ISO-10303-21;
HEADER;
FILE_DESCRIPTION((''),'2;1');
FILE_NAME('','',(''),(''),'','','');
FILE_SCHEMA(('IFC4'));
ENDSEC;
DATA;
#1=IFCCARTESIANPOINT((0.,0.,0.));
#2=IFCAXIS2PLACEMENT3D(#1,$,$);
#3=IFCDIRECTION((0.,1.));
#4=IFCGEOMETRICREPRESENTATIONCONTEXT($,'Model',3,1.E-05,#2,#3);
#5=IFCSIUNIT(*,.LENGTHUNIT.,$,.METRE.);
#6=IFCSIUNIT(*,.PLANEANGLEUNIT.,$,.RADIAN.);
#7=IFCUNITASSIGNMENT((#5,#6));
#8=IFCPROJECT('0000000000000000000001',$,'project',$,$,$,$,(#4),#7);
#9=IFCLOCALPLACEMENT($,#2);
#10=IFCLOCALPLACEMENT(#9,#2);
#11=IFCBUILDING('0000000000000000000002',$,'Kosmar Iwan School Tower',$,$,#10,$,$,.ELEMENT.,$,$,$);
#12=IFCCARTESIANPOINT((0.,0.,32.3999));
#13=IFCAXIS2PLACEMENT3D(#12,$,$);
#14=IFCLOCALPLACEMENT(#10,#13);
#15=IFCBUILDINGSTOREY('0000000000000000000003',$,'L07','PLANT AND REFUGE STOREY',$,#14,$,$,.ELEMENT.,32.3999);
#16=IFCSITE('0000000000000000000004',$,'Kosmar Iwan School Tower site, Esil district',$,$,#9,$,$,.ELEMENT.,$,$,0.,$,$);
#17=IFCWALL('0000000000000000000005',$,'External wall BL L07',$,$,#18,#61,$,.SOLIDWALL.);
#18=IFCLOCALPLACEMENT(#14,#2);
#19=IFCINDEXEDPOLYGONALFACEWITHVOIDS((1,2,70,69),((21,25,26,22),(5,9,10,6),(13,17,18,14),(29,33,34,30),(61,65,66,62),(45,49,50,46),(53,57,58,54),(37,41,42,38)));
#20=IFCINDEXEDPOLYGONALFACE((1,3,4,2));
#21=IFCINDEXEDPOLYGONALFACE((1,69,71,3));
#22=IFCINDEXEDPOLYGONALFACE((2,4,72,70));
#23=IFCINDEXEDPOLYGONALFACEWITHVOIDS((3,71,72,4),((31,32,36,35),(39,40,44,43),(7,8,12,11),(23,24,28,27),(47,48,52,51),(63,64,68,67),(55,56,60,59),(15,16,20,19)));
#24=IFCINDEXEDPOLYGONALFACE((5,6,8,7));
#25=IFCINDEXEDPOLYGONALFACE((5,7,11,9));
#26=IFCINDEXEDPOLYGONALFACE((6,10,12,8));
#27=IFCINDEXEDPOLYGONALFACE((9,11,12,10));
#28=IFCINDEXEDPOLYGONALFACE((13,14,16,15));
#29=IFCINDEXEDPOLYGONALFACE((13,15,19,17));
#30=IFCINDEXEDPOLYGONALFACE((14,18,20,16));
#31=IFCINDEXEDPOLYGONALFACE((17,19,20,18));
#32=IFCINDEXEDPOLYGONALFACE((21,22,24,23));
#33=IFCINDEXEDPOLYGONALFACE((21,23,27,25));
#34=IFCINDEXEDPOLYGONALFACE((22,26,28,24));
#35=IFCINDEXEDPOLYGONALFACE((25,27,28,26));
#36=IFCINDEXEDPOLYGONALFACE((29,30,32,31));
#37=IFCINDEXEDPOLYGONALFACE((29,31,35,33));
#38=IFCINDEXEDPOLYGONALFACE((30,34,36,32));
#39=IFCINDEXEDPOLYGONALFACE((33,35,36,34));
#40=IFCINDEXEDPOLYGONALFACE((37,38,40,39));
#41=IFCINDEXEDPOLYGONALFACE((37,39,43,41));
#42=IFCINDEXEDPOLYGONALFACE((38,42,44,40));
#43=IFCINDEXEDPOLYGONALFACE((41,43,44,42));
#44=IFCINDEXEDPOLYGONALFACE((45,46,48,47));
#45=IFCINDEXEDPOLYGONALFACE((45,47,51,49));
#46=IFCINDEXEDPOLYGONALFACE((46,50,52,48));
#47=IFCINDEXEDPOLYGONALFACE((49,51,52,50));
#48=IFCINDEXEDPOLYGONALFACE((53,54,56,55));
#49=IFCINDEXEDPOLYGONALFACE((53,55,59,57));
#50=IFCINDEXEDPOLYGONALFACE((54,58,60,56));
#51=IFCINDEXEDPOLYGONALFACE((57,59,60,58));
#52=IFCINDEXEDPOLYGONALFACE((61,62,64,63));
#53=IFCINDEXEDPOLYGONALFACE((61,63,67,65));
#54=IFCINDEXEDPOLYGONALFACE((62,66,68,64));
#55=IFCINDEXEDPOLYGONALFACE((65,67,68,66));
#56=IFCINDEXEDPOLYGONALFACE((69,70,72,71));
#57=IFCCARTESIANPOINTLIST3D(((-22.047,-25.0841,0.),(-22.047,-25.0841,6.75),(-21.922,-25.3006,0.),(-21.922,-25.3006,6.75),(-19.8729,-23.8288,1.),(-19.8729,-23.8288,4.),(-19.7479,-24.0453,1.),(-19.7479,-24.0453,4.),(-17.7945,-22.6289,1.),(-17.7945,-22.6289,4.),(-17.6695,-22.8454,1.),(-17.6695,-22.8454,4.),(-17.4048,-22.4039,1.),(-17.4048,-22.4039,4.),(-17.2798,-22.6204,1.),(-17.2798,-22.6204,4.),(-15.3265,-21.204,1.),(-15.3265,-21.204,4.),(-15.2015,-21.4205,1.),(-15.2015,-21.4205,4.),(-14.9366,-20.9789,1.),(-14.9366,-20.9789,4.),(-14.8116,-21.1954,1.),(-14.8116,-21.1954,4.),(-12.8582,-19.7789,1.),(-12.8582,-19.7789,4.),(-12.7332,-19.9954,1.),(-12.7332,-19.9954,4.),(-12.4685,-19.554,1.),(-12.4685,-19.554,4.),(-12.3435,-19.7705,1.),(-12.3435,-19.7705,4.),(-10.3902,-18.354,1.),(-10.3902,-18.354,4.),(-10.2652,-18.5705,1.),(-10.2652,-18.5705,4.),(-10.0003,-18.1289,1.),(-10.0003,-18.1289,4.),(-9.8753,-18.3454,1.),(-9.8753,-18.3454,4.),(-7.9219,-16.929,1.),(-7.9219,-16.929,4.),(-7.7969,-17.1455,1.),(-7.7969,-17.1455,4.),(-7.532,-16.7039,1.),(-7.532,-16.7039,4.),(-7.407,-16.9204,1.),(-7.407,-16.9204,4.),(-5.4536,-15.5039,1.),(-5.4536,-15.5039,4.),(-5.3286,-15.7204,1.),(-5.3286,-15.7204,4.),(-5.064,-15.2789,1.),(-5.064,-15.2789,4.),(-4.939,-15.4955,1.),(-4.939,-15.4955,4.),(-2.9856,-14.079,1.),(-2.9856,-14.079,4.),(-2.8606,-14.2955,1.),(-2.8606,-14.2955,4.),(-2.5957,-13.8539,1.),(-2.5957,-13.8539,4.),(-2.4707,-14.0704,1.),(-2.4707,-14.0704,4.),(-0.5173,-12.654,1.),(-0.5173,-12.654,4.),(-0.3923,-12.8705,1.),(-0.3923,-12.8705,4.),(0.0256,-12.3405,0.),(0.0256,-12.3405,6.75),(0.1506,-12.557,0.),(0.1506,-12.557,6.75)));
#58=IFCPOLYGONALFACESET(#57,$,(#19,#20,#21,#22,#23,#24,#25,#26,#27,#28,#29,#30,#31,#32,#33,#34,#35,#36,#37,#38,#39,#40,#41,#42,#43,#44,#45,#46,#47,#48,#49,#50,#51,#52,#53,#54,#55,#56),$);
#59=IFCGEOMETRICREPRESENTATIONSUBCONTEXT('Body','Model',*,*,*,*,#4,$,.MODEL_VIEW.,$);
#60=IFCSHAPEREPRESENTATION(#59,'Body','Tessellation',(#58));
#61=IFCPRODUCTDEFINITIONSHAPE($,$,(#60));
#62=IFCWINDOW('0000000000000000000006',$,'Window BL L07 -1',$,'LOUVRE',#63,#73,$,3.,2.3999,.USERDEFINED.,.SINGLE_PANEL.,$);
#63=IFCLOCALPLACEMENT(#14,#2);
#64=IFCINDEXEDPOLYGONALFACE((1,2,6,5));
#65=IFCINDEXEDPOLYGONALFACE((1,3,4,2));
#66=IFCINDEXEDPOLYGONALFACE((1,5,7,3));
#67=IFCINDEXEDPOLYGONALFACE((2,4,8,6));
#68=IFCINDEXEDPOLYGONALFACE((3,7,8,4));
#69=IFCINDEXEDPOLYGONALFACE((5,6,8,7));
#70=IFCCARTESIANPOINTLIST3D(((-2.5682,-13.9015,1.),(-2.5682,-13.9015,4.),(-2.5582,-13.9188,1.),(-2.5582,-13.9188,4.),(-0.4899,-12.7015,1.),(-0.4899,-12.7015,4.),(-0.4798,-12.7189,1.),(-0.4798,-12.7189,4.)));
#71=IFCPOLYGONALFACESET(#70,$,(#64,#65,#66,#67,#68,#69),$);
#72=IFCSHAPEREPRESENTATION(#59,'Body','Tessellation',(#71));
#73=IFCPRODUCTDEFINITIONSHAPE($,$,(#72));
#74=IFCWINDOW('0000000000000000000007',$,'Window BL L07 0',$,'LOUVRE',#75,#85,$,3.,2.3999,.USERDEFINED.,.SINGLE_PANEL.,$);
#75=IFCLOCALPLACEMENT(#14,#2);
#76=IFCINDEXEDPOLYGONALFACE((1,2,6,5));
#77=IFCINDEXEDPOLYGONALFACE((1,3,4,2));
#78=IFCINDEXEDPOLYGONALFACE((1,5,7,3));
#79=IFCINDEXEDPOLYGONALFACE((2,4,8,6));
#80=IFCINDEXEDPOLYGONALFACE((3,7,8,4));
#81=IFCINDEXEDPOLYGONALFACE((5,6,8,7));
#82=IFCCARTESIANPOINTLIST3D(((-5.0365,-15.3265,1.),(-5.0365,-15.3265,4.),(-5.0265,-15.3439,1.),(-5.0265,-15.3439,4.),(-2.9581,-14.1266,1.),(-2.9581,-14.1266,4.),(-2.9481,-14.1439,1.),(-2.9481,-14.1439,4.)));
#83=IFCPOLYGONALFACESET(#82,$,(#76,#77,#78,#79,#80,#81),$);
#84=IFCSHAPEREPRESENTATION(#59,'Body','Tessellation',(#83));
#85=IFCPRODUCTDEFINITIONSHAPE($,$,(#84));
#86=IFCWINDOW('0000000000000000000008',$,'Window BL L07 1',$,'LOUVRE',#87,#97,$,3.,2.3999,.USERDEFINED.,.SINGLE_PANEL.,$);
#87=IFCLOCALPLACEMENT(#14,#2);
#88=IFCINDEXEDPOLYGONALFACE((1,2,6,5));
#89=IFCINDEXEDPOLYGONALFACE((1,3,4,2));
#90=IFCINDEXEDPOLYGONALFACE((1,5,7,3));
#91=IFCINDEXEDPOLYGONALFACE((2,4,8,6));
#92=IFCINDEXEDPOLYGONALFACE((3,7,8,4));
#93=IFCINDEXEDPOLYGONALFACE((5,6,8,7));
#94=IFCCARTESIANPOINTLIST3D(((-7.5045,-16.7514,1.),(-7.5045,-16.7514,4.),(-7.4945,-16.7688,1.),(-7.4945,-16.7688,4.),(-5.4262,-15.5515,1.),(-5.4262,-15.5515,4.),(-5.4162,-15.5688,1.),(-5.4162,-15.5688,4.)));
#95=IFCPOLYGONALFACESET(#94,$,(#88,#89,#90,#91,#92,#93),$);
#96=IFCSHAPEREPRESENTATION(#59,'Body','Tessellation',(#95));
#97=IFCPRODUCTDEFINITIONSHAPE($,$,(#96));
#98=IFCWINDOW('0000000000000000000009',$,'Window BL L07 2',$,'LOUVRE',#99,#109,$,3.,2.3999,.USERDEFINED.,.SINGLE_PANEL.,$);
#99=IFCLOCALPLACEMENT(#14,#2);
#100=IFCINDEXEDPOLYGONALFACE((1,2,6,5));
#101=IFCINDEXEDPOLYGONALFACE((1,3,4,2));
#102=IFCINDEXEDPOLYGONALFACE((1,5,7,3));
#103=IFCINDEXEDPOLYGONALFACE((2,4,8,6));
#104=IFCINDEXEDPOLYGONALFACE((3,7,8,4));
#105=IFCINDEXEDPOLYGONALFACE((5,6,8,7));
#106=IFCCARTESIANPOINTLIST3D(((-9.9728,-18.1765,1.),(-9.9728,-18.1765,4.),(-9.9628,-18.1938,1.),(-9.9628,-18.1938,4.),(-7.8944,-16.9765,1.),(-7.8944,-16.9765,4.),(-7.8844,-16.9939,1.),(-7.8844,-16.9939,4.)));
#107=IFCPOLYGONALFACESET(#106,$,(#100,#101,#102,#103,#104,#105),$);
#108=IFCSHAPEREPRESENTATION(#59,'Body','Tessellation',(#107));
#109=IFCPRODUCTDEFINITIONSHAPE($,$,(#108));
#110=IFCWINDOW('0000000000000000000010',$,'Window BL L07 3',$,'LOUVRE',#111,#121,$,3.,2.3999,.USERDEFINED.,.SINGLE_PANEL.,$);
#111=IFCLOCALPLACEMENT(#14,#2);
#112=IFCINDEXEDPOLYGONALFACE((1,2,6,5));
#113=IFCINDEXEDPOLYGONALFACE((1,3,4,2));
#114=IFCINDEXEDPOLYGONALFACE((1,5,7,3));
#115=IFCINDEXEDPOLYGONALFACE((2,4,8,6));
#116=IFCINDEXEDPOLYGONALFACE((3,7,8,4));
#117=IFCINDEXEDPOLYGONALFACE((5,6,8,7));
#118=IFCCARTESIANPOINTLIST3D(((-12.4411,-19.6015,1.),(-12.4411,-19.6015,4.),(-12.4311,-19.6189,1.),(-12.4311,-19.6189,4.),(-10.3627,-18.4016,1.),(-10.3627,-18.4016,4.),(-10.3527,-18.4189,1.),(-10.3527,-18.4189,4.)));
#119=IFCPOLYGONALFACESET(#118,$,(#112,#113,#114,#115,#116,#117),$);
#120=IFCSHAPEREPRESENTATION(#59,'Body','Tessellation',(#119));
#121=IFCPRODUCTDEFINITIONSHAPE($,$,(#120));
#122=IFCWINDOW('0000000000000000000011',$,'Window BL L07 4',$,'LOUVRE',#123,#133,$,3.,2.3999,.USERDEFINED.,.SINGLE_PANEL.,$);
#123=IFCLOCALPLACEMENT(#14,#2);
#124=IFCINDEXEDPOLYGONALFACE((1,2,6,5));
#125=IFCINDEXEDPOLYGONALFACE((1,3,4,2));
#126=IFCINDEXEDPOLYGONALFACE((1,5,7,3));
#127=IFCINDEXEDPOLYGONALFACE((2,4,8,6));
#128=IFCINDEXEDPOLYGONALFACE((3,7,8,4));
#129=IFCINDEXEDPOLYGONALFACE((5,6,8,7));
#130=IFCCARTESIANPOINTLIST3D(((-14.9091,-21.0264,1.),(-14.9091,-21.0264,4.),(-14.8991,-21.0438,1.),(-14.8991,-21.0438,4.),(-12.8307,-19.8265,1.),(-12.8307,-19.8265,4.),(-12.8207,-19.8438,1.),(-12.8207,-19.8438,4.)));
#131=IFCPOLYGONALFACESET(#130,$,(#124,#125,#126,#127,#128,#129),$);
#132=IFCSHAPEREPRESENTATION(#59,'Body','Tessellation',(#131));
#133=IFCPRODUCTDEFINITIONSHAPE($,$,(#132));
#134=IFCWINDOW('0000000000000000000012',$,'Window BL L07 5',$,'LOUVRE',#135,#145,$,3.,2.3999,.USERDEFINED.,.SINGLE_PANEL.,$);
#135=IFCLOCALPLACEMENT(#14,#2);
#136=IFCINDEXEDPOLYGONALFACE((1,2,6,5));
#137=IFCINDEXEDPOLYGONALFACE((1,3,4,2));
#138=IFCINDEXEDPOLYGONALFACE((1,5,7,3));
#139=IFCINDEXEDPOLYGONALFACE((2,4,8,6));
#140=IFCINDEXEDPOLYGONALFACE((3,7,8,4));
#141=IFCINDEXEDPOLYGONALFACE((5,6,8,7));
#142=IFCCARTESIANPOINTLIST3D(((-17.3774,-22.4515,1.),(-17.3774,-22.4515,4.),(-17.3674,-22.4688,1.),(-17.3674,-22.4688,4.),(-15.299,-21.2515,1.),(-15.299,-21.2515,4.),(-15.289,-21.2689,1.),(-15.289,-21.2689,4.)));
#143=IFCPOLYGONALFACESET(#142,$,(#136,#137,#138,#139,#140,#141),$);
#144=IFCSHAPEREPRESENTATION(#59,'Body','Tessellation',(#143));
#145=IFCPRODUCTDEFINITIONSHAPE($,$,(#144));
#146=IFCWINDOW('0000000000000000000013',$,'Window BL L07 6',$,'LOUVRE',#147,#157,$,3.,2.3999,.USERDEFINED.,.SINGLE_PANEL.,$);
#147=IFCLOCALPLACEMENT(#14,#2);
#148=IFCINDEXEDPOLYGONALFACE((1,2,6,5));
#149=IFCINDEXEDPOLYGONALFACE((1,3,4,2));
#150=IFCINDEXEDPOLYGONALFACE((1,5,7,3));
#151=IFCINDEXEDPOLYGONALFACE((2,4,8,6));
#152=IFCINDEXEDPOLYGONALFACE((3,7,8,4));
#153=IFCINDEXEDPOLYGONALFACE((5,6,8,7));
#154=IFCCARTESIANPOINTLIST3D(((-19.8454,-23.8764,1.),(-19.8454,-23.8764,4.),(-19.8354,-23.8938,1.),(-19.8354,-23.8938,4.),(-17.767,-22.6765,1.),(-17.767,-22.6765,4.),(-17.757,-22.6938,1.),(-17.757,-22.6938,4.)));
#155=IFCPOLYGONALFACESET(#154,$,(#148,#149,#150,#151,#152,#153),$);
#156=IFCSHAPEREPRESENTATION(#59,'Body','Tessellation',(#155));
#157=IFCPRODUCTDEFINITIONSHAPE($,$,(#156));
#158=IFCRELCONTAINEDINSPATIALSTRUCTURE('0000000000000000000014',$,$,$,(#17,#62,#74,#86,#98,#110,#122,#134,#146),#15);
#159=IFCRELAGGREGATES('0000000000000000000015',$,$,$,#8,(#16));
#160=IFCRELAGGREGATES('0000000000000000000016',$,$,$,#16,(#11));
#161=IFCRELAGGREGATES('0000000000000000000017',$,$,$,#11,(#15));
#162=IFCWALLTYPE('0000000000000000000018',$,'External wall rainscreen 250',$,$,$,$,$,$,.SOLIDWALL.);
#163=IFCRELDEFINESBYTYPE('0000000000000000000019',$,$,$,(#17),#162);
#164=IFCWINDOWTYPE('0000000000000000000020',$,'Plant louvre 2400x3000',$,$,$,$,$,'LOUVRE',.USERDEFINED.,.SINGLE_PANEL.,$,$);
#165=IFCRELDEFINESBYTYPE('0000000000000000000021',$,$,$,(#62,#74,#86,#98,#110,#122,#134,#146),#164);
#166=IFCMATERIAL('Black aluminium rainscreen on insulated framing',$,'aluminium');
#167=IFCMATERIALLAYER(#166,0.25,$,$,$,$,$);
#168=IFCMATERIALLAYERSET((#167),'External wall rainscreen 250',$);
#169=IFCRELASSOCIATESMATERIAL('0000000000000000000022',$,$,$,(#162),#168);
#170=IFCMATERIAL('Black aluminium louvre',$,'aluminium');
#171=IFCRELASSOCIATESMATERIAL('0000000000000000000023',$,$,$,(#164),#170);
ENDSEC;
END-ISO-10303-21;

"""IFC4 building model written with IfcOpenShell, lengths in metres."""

from ifc_helpers import new_model, si_unit, direction, frame, frame_2d, origin, place, context, subcontext, project, spatial, rectangle, extrude, material, layer, layer_set, type_object, element, fill, save


model = new_model("IFC4")

# Units and contexts
model_context = context("Model", 3, precision=1e-05, world=origin(), true_north=direction((0.0, 1.0)))
body_context = subcontext(model_context, "Body", "Model", "MODEL_VIEW")
ifc_project = project(units=[si_unit("LENGTHUNIT", "METRE"), si_unit("PLANEANGLEUNIT", "RADIAN")], contexts=[model_context])

# Site, building, storey
site_placement = place(None, origin())
site = spatial("IfcSite", under=ifc_project, at=site_placement, Name="Kosmar Iwan School Tower site, Esil district", CompositionType="ELEMENT", RefElevation=0.0)
building_placement = place(site_placement, origin())
building = spatial("IfcBuilding", under=site, at=building_placement, Name="Kosmar Iwan School Tower", CompositionType="ELEMENT")
storey_placement = place(building_placement, frame((0.0, 0.0, 32.3999)))
storey = spatial("IfcBuildingStorey", under=building, at=storey_placement, Name="L07", Description="PLANT AND REFUGE STOREY", CompositionType="ELEMENT", Elevation=32.3999)

# Wall, openings, windows
ifc_material_1 = material(Name="Black aluminium rainscreen on insulated framing", Category="aluminium")
ifc_layer_1 = layer(ifc_material_1, 0.25)
ifc_layer_set_1 = layer_set([ifc_layer_1], Name="External wall rainscreen 250")
wall_type_1 = type_object("IfcWallType", Name="External wall rainscreen 250", PredefinedType="SOLIDWALL", material=ifc_layer_set_1)
wall_1_placement = place(storey_placement, frame((0.0881, -12.4487, 0.0), z_axis=(0.0, 0.0, 1.0), x_axis=(-0.866026, -0.499998, 0.0)))
wall_1 = element("IfcWall", 1, at=wall_1_placement, inside=storey, type_object=wall_type_1, Name="External wall BL L07", PredefinedType="SOLIDWALL", context=body_context, shape_type="SweptSolid", body=[
    extrude(rectangle(XDim=25.4873, YDim=0.25, at=frame_2d((12.7437, 0.0))), origin(), (0.0, 0.0, 1.0), 6.75),
])
opening_1_placement = place(wall_1_placement, frame((0.627, 0.0, 1.0)))
opening_1 = element("IfcOpeningElement", 2, at=opening_1_placement, cuts=wall_1, PredefinedType="OPENING", context=body_context, shape_type="SweptSolid", body=[
    extrude(rectangle(XDim=2.3999, YDim=3.0, at=frame_2d((1.2, 1.5))), frame((0.0, 0.137, 0.0), z_axis=(0.0, -1.0, 0.0), x_axis=(1.0, 0.0, 0.0)), (0.0, 0.0, 1.0), 0.2739),
])
opening_2_placement = place(wall_1_placement, frame((3.4771, 0.0, 1.0)))
opening_2 = element("IfcOpeningElement", 3, at=opening_2_placement, cuts=wall_1, PredefinedType="OPENING", context=body_context, shape_type="SweptSolid", body=[
    extrude(rectangle(XDim=2.3999, YDim=3.0, at=frame_2d((1.2, 1.5))), frame((0.0, 0.137, 0.0), z_axis=(0.0, -1.0, 0.0), x_axis=(1.0, 0.0, 0.0)), (0.0, 0.0, 1.0), 0.2739),
])
opening_3_placement = place(wall_1_placement, frame((6.3269, 0.0, 1.0)))
opening_3 = element("IfcOpeningElement", 4, at=opening_3_placement, cuts=wall_1, PredefinedType="OPENING", context=body_context, shape_type="SweptSolid", body=[
    extrude(rectangle(XDim=2.3999, YDim=3.0, at=frame_2d((1.2, 1.5))), frame((0.0, 0.137, 0.0), z_axis=(0.0, -1.0, 0.0), x_axis=(1.0, 0.0, 0.0)), (0.0, 0.0, 1.0), 0.2739),
])
opening_4_placement = place(wall_1_placement, frame((9.177, 0.0, 1.0)))
opening_4 = element("IfcOpeningElement", 5, at=opening_4_placement, cuts=wall_1, PredefinedType="OPENING", context=body_context, shape_type="SweptSolid", body=[
    extrude(rectangle(XDim=2.3999, YDim=3.0, at=frame_2d((1.2, 1.5))), frame((0.0, 0.137, 0.0), z_axis=(0.0, -1.0, 0.0), x_axis=(1.0, 0.0, 0.0)), (0.0, 0.0, 1.0), 0.2739),
])
opening_5_placement = place(wall_1_placement, frame((12.0271, 0.0, 1.0)))
opening_5 = element("IfcOpeningElement", 6, at=opening_5_placement, cuts=wall_1, PredefinedType="OPENING", context=body_context, shape_type="SweptSolid", body=[
    extrude(rectangle(XDim=2.3999, YDim=3.0, at=frame_2d((1.2, 1.5))), frame((0.0, 0.137, 0.0), z_axis=(0.0, -1.0, 0.0), x_axis=(1.0, 0.0, 0.0)), (0.0, 0.0, 1.0), 0.2739),
])
opening_6_placement = place(wall_1_placement, frame((14.877, 0.0, 1.0)))
opening_6 = element("IfcOpeningElement", 7, at=opening_6_placement, cuts=wall_1, PredefinedType="OPENING", context=body_context, shape_type="SweptSolid", body=[
    extrude(rectangle(XDim=2.3999, YDim=3.0, at=frame_2d((1.2, 1.5))), frame((0.0, 0.137, 0.0), z_axis=(0.0, -1.0, 0.0), x_axis=(1.0, 0.0, 0.0)), (0.0, 0.0, 1.0), 0.2739),
])
opening_7_placement = place(wall_1_placement, frame((17.7271, 0.0, 1.0)))
opening_7 = element("IfcOpeningElement", 8, at=opening_7_placement, cuts=wall_1, PredefinedType="OPENING", context=body_context, shape_type="SweptSolid", body=[
    extrude(rectangle(XDim=2.3999, YDim=3.0, at=frame_2d((1.2, 1.5))), frame((0.0, 0.137, 0.0), z_axis=(0.0, -1.0, 0.0), x_axis=(1.0, 0.0, 0.0)), (0.0, 0.0, 1.0), 0.2739),
])
opening_8_placement = place(wall_1_placement, frame((20.5769, 0.0, 1.0)))
opening_8 = element("IfcOpeningElement", 9, at=opening_8_placement, cuts=wall_1, PredefinedType="OPENING", context=body_context, shape_type="SweptSolid", body=[
    extrude(rectangle(XDim=2.3999, YDim=3.0, at=frame_2d((1.2, 1.5))), frame((0.0, 0.137, 0.0), z_axis=(0.0, -1.0, 0.0), x_axis=(1.0, 0.0, 0.0)), (0.0, 0.0, 1.0), 0.2739),
])
ifc_material_2 = material(Name="Black aluminium louvre", Category="aluminium")
window_type = type_object("IfcWindowType", Name="Plant louvre 2400x3000", ElementType="LOUVRE", PartitioningType="SINGLE_PANEL", PredefinedType="USERDEFINED", material=ifc_material_2)
window_1_placement = place(opening_1_placement, origin())
window_1 = element("IfcWindow", 10, at=window_1_placement, inside=storey, type_object=window_type, Name="Window BL L07 -1", ObjectType="LOUVRE", OverallHeight=3.0, OverallWidth=2.3999, PartitioningType="SINGLE_PANEL", PredefinedType="USERDEFINED", context=body_context, shape_type="SweptSolid", body=[
    extrude(rectangle(XDim=2.3999, YDim=3.0, at=frame_2d((1.2, 1.5))), frame((0.0, -0.05, 0.0), z_axis=(0.0, -1.0, 0.0), x_axis=(1.0, 0.0, 0.0)), (0.0, 0.0, 1.0), 0.02),
])
fill(opening_1, window_1)
window_2_placement = place(opening_2_placement, origin())
window_2 = element("IfcWindow", 11, at=window_2_placement, inside=storey, type_object=window_type, Name="Window BL L07 0", ObjectType="LOUVRE", OverallHeight=3.0, OverallWidth=2.3999, PartitioningType="SINGLE_PANEL", PredefinedType="USERDEFINED", context=body_context, shape_type="SweptSolid", body=[
    extrude(rectangle(XDim=2.3999, YDim=3.0, at=frame_2d((1.2, 1.5))), frame((0.0, -0.05, 0.0), z_axis=(0.0, -1.0, 0.0), x_axis=(1.0, 0.0, 0.0)), (0.0, 0.0, 1.0), 0.02),
])
fill(opening_2, window_2)
window_3_placement = place(opening_3_placement, origin())
window_3 = element("IfcWindow", 12, at=window_3_placement, inside=storey, type_object=window_type, Name="Window BL L07 1", ObjectType="LOUVRE", OverallHeight=3.0, OverallWidth=2.3999, PartitioningType="SINGLE_PANEL", PredefinedType="USERDEFINED", context=body_context, shape_type="SweptSolid", body=[
    extrude(rectangle(XDim=2.3999, YDim=3.0, at=frame_2d((1.2, 1.5))), frame((0.0, -0.05, 0.0), z_axis=(0.0, -1.0, 0.0), x_axis=(1.0, 0.0, 0.0)), (0.0, 0.0, 1.0), 0.02),
])
fill(opening_3, window_3)
window_4_placement = place(opening_4_placement, origin())
window_4 = element("IfcWindow", 13, at=window_4_placement, inside=storey, type_object=window_type, Name="Window BL L07 2", ObjectType="LOUVRE", OverallHeight=3.0, OverallWidth=2.3999, PartitioningType="SINGLE_PANEL", PredefinedType="USERDEFINED", context=body_context, shape_type="SweptSolid", body=[
    extrude(rectangle(XDim=2.3999, YDim=3.0, at=frame_2d((1.2, 1.5))), frame((0.0, -0.05, 0.0), z_axis=(0.0, -1.0, 0.0), x_axis=(1.0, 0.0, 0.0)), (0.0, 0.0, 1.0), 0.02),
])
fill(opening_4, window_4)
window_5_placement = place(opening_5_placement, origin())
window_5 = element("IfcWindow", 14, at=window_5_placement, inside=storey, type_object=window_type, Name="Window BL L07 3", ObjectType="LOUVRE", OverallHeight=3.0, OverallWidth=2.3999, PartitioningType="SINGLE_PANEL", PredefinedType="USERDEFINED", context=body_context, shape_type="SweptSolid", body=[
    extrude(rectangle(XDim=2.3999, YDim=3.0, at=frame_2d((1.2, 1.5))), frame((0.0, -0.05, 0.0), z_axis=(0.0, -1.0, 0.0), x_axis=(1.0, 0.0, 0.0)), (0.0, 0.0, 1.0), 0.02),
])
fill(opening_5, window_5)
window_6_placement = place(opening_6_placement, origin())
window_6 = element("IfcWindow", 15, at=window_6_placement, inside=storey, type_object=window_type, Name="Window BL L07 4", ObjectType="LOUVRE", OverallHeight=3.0, OverallWidth=2.3999, PartitioningType="SINGLE_PANEL", PredefinedType="USERDEFINED", context=body_context, shape_type="SweptSolid", body=[
    extrude(rectangle(XDim=2.3999, YDim=3.0, at=frame_2d((1.2, 1.5))), frame((0.0, -0.05, 0.0), z_axis=(0.0, -1.0, 0.0), x_axis=(1.0, 0.0, 0.0)), (0.0, 0.0, 1.0), 0.02),
])
fill(opening_6, window_6)
window_7_placement = place(opening_7_placement, origin())
window_7 = element("IfcWindow", 16, at=window_7_placement, inside=storey, type_object=window_type, Name="Window BL L07 5", ObjectType="LOUVRE", OverallHeight=3.0, OverallWidth=2.3999, PartitioningType="SINGLE_PANEL", PredefinedType="USERDEFINED", context=body_context, shape_type="SweptSolid", body=[
    extrude(rectangle(XDim=2.3999, YDim=3.0, at=frame_2d((1.2, 1.5))), frame((0.0, -0.05, 0.0), z_axis=(0.0, -1.0, 0.0), x_axis=(1.0, 0.0, 0.0)), (0.0, 0.0, 1.0), 0.02),
])
fill(opening_7, window_7)
window_8_placement = place(opening_8_placement, origin())
window_8 = element("IfcWindow", 17, at=window_8_placement, inside=storey, type_object=window_type, Name="Window BL L07 6", ObjectType="LOUVRE", OverallHeight=3.0, OverallWidth=2.3999, PartitioningType="SINGLE_PANEL", PredefinedType="USERDEFINED", context=body_context, shape_type="SweptSolid", body=[
    extrude(rectangle(XDim=2.3999, YDim=3.0, at=frame_2d((1.2, 1.5))), frame((0.0, -0.05, 0.0), z_axis=(0.0, -1.0, 0.0), x_axis=(1.0, 0.0, 0.0)), (0.0, 0.0, 1.0), 0.02),
])
fill(opening_8, window_8)

save(model, "model.ifc")
